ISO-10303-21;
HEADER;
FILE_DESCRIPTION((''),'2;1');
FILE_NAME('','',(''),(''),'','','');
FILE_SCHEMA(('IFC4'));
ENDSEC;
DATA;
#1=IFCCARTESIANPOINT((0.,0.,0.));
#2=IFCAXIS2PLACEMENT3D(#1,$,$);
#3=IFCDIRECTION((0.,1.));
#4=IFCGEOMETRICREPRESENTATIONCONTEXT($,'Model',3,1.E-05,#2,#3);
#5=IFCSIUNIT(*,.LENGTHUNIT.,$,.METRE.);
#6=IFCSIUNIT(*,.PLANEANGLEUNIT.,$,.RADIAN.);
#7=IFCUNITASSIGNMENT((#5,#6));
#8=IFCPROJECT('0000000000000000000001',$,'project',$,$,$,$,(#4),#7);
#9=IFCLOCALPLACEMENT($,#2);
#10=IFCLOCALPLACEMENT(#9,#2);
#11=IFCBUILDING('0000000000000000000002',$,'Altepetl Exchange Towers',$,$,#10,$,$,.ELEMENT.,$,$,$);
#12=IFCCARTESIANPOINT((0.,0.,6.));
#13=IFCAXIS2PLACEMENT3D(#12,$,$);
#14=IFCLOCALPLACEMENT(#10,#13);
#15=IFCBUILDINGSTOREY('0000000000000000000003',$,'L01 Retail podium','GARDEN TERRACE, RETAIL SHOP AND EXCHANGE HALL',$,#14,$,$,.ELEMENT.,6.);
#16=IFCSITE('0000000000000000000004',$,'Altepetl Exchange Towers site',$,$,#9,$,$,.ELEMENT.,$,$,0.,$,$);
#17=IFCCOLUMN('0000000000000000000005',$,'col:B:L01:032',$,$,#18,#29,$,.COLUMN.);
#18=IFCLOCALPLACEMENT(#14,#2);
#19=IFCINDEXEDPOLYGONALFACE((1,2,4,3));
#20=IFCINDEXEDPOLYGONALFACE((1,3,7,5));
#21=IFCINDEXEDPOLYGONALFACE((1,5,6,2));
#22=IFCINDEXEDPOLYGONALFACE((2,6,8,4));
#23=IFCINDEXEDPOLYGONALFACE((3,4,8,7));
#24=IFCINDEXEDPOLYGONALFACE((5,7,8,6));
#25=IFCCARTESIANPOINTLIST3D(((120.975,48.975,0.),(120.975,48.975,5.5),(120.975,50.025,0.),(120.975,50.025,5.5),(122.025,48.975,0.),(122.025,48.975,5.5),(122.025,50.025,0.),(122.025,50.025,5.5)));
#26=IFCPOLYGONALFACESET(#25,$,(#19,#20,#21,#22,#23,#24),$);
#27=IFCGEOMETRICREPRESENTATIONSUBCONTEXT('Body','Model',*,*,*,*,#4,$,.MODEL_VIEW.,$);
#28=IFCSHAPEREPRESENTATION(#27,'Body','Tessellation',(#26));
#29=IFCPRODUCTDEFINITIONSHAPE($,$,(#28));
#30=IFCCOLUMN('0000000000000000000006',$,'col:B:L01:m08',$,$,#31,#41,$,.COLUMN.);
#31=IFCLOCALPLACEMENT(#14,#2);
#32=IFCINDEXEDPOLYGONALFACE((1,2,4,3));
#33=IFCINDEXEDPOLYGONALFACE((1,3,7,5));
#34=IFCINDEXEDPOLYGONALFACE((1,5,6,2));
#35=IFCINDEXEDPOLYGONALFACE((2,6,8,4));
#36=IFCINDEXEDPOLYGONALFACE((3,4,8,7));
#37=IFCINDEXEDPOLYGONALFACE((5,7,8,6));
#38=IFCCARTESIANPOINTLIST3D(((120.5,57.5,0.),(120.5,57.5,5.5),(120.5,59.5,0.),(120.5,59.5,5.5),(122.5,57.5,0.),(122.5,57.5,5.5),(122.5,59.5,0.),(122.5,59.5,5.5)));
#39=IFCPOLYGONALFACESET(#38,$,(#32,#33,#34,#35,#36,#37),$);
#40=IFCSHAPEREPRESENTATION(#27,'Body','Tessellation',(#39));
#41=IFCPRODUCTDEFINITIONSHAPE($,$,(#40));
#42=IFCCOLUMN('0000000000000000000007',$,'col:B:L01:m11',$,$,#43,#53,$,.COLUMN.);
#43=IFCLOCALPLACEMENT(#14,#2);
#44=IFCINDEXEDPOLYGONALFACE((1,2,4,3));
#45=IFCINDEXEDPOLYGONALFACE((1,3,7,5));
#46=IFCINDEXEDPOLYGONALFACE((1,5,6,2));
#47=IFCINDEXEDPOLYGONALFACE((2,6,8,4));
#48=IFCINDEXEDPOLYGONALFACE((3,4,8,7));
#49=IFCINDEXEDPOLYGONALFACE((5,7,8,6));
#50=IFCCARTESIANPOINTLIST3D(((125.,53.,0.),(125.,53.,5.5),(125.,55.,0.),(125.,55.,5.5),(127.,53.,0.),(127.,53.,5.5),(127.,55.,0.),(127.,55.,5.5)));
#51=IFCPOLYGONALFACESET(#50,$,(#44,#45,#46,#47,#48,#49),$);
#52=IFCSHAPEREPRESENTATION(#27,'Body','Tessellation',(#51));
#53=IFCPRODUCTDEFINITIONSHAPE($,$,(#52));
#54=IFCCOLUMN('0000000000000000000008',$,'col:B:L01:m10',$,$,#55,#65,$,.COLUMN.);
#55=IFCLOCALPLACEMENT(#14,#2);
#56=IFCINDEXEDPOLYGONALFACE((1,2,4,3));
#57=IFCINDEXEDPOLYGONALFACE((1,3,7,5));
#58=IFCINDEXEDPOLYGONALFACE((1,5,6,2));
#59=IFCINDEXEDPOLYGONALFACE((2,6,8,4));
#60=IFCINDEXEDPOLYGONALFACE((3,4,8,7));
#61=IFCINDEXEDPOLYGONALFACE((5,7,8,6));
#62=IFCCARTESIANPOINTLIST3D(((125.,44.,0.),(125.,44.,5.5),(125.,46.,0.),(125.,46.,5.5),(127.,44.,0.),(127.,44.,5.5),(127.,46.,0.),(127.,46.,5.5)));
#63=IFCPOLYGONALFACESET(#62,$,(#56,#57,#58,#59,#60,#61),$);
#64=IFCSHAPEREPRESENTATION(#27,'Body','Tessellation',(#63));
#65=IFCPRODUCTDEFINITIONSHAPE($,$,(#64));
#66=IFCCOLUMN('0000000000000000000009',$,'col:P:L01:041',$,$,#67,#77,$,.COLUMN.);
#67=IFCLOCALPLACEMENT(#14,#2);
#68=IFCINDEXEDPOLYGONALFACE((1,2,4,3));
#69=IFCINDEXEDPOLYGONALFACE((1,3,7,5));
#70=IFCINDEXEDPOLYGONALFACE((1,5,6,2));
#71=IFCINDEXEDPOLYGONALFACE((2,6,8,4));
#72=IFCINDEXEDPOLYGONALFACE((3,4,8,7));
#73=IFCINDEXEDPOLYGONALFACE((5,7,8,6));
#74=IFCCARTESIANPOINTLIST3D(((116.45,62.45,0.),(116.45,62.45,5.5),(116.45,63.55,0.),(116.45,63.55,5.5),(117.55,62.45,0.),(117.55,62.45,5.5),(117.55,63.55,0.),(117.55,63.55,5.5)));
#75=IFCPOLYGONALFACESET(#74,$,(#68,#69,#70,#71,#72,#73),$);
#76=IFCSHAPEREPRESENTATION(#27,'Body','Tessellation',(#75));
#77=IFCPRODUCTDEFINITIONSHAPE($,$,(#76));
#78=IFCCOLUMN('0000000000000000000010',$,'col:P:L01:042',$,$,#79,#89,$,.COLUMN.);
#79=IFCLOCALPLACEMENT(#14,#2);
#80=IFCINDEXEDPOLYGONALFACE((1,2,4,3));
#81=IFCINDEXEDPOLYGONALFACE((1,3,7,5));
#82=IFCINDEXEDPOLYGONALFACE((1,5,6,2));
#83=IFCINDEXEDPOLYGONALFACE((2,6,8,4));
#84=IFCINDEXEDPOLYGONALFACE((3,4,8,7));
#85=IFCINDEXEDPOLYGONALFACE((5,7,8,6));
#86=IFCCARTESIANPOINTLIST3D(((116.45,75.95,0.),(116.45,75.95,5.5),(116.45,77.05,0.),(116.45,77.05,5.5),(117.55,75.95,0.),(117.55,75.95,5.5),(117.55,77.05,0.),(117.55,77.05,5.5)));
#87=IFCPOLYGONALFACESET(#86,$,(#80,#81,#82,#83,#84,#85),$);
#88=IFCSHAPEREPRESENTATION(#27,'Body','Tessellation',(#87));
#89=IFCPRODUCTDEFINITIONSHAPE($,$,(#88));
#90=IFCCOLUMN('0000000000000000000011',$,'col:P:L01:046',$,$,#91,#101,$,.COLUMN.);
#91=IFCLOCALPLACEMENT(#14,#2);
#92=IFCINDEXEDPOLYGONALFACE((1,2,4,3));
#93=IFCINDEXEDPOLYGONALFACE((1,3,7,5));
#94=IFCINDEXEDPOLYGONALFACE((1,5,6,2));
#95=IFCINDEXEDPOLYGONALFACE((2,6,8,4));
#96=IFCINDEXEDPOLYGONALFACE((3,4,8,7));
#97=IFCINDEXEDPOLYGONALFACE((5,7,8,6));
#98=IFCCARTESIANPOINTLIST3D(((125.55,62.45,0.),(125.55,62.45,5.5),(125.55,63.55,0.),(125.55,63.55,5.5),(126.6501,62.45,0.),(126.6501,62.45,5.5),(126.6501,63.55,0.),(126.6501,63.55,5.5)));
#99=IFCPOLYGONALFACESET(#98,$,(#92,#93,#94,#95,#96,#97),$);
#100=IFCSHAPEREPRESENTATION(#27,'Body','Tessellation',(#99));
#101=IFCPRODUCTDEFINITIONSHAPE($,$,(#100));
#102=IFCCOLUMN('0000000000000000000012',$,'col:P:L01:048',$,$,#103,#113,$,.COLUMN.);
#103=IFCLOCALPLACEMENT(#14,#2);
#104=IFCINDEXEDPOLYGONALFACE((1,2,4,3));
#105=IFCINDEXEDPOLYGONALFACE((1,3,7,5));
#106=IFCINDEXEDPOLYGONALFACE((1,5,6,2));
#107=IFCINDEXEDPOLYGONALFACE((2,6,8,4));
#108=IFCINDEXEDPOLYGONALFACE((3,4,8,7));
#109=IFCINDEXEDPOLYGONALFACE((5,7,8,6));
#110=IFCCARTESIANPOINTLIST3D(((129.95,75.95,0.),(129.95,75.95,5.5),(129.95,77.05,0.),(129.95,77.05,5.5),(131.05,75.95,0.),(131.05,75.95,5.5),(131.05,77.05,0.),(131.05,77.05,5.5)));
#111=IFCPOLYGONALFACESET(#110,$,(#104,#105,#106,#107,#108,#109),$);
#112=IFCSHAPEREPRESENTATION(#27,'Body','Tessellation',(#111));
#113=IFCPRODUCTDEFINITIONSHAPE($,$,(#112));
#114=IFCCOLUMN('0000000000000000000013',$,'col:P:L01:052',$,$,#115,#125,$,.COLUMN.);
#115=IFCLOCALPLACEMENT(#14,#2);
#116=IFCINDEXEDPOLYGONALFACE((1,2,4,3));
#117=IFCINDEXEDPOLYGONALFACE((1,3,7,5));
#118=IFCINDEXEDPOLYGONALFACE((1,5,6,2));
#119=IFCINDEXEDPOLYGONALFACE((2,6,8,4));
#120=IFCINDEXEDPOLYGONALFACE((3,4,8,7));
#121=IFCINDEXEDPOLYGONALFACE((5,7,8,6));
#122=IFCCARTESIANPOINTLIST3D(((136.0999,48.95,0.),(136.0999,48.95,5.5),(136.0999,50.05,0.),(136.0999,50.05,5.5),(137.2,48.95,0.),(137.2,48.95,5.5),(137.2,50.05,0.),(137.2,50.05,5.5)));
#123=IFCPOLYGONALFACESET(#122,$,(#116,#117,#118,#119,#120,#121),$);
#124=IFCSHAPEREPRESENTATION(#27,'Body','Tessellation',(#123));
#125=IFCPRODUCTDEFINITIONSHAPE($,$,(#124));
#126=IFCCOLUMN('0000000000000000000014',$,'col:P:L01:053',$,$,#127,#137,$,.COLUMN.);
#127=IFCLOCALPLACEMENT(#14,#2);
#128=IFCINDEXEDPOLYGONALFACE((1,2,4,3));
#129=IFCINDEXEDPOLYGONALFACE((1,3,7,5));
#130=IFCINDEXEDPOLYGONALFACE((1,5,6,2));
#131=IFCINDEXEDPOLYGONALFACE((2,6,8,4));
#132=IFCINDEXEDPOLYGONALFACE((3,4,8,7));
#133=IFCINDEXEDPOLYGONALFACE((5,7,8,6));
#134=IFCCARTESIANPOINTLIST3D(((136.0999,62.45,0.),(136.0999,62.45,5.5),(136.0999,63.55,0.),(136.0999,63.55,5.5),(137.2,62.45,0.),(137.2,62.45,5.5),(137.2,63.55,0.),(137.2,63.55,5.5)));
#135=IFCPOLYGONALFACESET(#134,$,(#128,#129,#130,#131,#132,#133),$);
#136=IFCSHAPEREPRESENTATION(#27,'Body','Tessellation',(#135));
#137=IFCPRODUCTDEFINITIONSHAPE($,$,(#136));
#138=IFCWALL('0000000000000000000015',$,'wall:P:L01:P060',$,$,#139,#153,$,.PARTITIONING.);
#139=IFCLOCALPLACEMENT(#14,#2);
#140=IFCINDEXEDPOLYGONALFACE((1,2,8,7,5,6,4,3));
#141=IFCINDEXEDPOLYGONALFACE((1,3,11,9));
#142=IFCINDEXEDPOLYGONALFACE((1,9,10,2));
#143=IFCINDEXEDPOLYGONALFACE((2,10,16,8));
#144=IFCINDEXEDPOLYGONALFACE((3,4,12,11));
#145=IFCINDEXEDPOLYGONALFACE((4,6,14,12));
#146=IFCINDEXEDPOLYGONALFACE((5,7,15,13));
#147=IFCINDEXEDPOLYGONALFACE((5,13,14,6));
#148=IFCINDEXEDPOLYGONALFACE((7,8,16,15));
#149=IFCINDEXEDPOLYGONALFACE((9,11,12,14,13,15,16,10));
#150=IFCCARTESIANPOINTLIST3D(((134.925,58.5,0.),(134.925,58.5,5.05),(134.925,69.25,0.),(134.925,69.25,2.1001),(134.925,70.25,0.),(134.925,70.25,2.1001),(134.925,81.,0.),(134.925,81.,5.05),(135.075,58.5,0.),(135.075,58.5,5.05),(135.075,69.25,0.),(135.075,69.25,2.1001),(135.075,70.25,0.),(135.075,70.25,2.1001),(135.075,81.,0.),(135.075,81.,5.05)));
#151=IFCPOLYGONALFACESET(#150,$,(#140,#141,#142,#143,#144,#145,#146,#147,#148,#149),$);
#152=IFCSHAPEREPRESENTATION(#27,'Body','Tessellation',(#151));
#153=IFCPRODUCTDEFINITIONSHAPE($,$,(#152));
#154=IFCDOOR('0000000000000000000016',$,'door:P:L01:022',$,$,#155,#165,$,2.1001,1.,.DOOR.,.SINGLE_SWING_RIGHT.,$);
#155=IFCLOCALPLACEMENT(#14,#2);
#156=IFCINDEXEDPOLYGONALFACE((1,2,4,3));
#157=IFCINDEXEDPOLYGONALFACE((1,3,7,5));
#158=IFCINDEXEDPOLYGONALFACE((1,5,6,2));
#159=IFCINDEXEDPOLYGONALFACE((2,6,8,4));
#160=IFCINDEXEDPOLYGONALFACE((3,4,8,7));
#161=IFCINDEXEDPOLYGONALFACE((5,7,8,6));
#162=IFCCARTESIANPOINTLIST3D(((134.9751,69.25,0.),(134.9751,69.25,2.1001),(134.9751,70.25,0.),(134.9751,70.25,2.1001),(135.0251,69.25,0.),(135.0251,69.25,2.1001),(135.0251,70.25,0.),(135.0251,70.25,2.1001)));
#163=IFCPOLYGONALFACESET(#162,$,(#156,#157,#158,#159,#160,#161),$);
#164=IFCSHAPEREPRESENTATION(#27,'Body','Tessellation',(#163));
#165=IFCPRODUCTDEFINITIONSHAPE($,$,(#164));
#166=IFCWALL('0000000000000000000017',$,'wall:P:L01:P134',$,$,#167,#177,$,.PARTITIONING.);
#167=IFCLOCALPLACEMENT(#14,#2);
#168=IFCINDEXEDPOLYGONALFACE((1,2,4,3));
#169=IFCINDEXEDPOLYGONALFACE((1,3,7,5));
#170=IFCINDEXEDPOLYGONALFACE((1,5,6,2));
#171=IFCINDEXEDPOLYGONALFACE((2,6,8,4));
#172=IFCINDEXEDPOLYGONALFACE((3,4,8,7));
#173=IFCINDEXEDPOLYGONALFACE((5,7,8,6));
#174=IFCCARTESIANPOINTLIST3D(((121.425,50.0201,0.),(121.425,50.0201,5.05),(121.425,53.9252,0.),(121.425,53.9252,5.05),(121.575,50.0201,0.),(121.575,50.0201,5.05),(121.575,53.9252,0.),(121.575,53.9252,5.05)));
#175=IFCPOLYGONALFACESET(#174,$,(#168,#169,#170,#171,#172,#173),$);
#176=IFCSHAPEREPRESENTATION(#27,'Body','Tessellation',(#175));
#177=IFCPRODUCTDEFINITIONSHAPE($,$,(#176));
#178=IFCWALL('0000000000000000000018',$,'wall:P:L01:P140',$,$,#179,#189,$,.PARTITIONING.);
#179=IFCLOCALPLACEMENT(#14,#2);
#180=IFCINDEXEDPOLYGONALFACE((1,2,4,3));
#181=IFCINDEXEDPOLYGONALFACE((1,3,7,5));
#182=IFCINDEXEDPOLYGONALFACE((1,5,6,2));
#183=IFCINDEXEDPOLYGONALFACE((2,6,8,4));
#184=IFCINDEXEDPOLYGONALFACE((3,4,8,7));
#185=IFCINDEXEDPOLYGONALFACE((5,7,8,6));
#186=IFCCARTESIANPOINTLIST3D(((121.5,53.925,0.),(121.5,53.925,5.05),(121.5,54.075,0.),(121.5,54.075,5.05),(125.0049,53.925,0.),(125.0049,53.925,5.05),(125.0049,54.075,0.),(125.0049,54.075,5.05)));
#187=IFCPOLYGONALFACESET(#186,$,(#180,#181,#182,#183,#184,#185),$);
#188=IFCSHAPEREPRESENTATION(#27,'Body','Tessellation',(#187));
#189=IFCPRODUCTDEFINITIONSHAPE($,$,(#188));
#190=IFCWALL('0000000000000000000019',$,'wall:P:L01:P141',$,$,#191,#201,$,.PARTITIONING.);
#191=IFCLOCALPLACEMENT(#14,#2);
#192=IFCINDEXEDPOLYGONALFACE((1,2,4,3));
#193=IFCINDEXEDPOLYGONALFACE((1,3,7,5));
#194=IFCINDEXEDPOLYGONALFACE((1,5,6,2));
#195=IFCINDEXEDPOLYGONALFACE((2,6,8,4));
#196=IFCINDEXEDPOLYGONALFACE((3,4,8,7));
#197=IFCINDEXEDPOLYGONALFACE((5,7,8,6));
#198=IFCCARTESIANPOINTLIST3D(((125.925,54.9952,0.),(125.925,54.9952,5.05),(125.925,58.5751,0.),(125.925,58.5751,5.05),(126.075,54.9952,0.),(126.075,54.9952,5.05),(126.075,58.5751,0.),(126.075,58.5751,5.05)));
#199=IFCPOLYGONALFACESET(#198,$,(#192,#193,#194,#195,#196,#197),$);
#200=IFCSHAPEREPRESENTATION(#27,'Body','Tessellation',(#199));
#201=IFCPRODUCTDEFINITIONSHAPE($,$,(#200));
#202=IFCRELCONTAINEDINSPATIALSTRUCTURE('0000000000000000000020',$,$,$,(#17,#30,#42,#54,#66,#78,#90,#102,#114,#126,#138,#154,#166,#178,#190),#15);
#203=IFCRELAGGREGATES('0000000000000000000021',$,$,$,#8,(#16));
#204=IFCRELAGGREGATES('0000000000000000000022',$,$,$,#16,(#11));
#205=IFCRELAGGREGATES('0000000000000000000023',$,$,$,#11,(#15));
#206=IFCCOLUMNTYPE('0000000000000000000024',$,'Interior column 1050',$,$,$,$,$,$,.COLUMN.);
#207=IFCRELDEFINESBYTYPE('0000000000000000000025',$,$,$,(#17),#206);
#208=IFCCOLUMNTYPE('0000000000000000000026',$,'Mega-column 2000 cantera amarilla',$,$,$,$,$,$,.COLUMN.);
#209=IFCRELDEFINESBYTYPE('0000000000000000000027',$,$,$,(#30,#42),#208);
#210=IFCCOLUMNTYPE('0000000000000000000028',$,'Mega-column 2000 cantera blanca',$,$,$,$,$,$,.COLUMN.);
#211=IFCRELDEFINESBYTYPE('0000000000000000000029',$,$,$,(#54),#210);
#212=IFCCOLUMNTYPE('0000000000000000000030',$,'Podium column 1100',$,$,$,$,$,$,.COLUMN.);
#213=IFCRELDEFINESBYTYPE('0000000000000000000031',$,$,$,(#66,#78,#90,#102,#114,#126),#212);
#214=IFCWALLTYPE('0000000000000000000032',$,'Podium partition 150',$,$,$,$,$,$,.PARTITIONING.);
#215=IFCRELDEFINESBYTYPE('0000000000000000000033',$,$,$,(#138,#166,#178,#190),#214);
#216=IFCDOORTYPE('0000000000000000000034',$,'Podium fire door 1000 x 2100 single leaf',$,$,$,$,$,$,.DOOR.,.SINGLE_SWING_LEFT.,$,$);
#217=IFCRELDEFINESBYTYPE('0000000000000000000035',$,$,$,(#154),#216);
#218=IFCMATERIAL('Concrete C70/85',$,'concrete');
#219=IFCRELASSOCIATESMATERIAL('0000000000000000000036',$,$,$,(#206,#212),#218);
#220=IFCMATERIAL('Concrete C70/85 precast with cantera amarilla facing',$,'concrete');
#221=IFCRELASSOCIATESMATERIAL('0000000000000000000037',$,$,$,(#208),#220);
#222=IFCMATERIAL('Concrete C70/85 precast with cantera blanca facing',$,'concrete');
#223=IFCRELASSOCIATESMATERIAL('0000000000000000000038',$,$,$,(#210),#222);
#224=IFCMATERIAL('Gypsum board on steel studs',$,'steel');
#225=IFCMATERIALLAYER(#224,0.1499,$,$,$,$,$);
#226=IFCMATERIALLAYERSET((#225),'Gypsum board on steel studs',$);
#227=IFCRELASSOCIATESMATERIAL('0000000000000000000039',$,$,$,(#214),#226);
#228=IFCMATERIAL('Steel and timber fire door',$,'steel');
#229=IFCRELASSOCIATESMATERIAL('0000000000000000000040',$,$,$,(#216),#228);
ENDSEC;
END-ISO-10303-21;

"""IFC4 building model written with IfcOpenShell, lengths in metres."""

from ifc_helpers import new_model, si_unit, direction, frame, frame_2d, origin, origin_2d, place, context, subcontext, project, spatial, rectangle, extrude, material, layer, layer_set, material_profile, profile_set, type_object, element, fill, save


model = new_model("IFC4")

# Units and contexts
model_context = context("Model", 3, precision=1e-05, world=origin(), true_north=direction((0.0, 1.0)))
body_context = subcontext(model_context, "Body", "Model", "MODEL_VIEW")
ifc_project = project(units=[si_unit("LENGTHUNIT", "METRE"), si_unit("PLANEANGLEUNIT", "RADIAN")], contexts=[model_context])

# Site, building, storey
site_placement = place(None, origin())
site = spatial("IfcSite", under=ifc_project, at=site_placement, Name="Altepetl Exchange Towers site", CompositionType="ELEMENT", RefElevation=0.0)
building_placement = place(site_placement, origin())
building = spatial("IfcBuilding", under=site, at=building_placement, Name="Altepetl Exchange Towers", CompositionType="ELEMENT")
storey_placement = place(building_placement, frame((0.0, 0.0, 6.0)))
storey = spatial("IfcBuildingStorey", under=building, at=storey_placement, Name="L01 Retail podium", Description="GARDEN TERRACE, RETAIL SHOP AND EXCHANGE HALL", CompositionType="ELEMENT", Elevation=6.0)

# Columns
ifc_material_1 = material(Name="Concrete C70/85", Category="concrete")
ifc_material_profile_1 = material_profile(ifc_material_1, rectangle(XDim=1.05, YDim=1.05, at=origin_2d()), Name="1050 x 1050")
ifc_profile_set_1 = profile_set([ifc_material_profile_1], Name="Concrete C70/85")
column_type_1 = type_object("IfcColumnType", Name="Interior column 1050", PredefinedType="COLUMN", material=ifc_profile_set_1)
column_1_placement = place(storey_placement, frame((121.5, 49.5, 0.0)))
element("IfcColumn", 1, at=column_1_placement, inside=storey, type_object=column_type_1, Name="col:B:L01:032", PredefinedType="COLUMN", context=body_context, shape_type="SweptSolid", body=[
    extrude(rectangle(XDim=1.05, YDim=1.05, at=origin_2d()), origin(), (0.0, 0.0, 1.0), 5.5),
])
ifc_material_2 = material(Name="Concrete C70/85 precast with cantera amarilla facing", Category="concrete")
ifc_material_profile_2 = material_profile(ifc_material_2, rectangle(XDim=2.0, YDim=2.0, at=origin_2d()), Name="2000 x 2000")
ifc_profile_set_2 = profile_set([ifc_material_profile_2], Name="Concrete C70/85 precast with cantera amarilla facing")
column_type_2 = type_object("IfcColumnType", Name="Mega-column 2000 cantera amarilla", PredefinedType="COLUMN", material=ifc_profile_set_2)
for number, where, name in (
    (2, (121.5, 58.5, 0.0), "col:B:L01:m08"),
    (3, (126.0, 54.0, 0.0), "col:B:L01:m11"),
):
    element("IfcColumn", number, at=place(storey_placement, frame(where)), inside=storey, type_object=column_type_2, Name=name, PredefinedType="COLUMN", context=body_context, shape_type="SweptSolid", body=[
        extrude(rectangle(XDim=2.0, YDim=2.0, at=origin_2d()), origin(), (0.0, 0.0, 1.0), 5.5),
    ])
ifc_material_3 = material(Name="Concrete C70/85 precast with cantera blanca facing", Category="concrete")
ifc_material_profile_3 = material_profile(ifc_material_3, rectangle(XDim=2.0, YDim=2.0, at=origin_2d()), Name="2000 x 2000")
ifc_profile_set_3 = profile_set([ifc_material_profile_3], Name="Concrete C70/85 precast with cantera blanca facing")
column_type_3 = type_object("IfcColumnType", Name="Mega-column 2000 cantera blanca", PredefinedType="COLUMN", material=ifc_profile_set_3)
column_2_placement = place(storey_placement, frame((126.0, 45.0, 0.0)))
element("IfcColumn", 4, at=column_2_placement, inside=storey, type_object=column_type_3, Name="col:B:L01:m10", PredefinedType="COLUMN", context=body_context, shape_type="SweptSolid", body=[
    extrude(rectangle(XDim=2.0, YDim=2.0, at=origin_2d()), origin(), (0.0, 0.0, 1.0), 5.5),
])
ifc_material_profile_4 = material_profile(ifc_material_1, rectangle(XDim=1.1001, YDim=1.1001, at=origin_2d()), Name="1100 x 1100")
ifc_profile_set_4 = profile_set([ifc_material_profile_4], Name="Concrete C70/85")
column_type_4 = type_object("IfcColumnType", Name="Podium column 1100", PredefinedType="COLUMN", material=ifc_profile_set_4)
for number, where, name in (
    (5, (117.0, 63.0, 0.0), "col:P:L01:041"),
    (6, (117.0, 76.5, 0.0), "col:P:L01:042"),
    (7, (126.1001, 63.0, 0.0), "col:P:L01:046"),
    (8, (130.5, 76.5, 0.0), "col:P:L01:048"),
    (9, (136.6499, 49.5, 0.0), "col:P:L01:052"),
    (10, (136.6499, 63.0, 0.0), "col:P:L01:053"),
):
    element("IfcColumn", number, at=place(storey_placement, frame(where)), inside=storey, type_object=column_type_4, Name=name, PredefinedType="COLUMN", context=body_context, shape_type="SweptSolid", body=[
        extrude(rectangle(XDim=1.1001, YDim=1.1001, at=origin_2d()), origin(), (0.0, 0.0, 1.0), 5.5),
    ])

# Wall, opening, door
ifc_material_4 = material(Name="Gypsum board on steel studs", Category="steel")
ifc_layer = layer(ifc_material_4, 0.1499)
ifc_layer_set = layer_set([ifc_layer], Name="Gypsum board on steel studs")
wall_type = type_object("IfcWallType", Name="Podium partition 150", PredefinedType="PARTITIONING", material=ifc_layer_set)
wall_1_placement = place(storey_placement, frame((135.0, 58.5, 0.0), z_axis=(0.0, 0.0, 1.0), x_axis=(0.0, 1.0, 0.0)))
wall_1 = element("IfcWall", 11, at=wall_1_placement, inside=storey, type_object=wall_type, Name="wall:P:L01:P060", PredefinedType="PARTITIONING", context=body_context, shape_type="SweptSolid", body=[
    extrude(rectangle(XDim=22.5, YDim=0.1499, at=frame_2d((11.25, 0.0))), origin(), (0.0, 0.0, 1.0), 5.05),
])
opening_placement = place(wall_1_placement, frame((10.75, 0.0, 0.0)))
opening = element("IfcOpeningElement", 12, at=opening_placement, cuts=wall_1, PredefinedType="OPENING", context=body_context, shape_type="SweptSolid", body=[
    extrude(rectangle(XDim=1.0, YDim=2.1001, at=frame_2d((0.5, 1.05))), frame((0.0, 0.085, 0.0), z_axis=(0.0, -1.0, 0.0), x_axis=(1.0, 0.0, 0.0)), (0.0, 0.0, 1.0), 0.1699),
])
ifc_material_5 = material(Name="Steel and timber fire door", Category="steel")
door_type = type_object("IfcDoorType", Name="Podium fire door 1000 x 2100 single leaf", OperationType="SINGLE_SWING_LEFT", PredefinedType="DOOR", material=ifc_material_5)
door_placement = place(opening_placement, origin())
door = element("IfcDoor", 13, at=door_placement, inside=storey, type_object=door_type, Name="door:P:L01:022", OperationType="SINGLE_SWING_RIGHT", OverallHeight=2.1001, OverallWidth=1.0, PredefinedType="DOOR", context=body_context, shape_type="SweptSolid", body=[
    extrude(rectangle(XDim=1.0, YDim=2.1001, at=frame_2d((0.5, 1.05))), frame((0.0, 0.0249, 0.0), z_axis=(0.0, -1.0, 0.0), x_axis=(1.0, 0.0, 0.0)), (0.0, 0.0, 1.0), 0.05),
])
fill(opening, door)

# Walls
wall_2_placement = place(storey_placement, frame((121.5, 50.02, 0.0), z_axis=(0.0, 0.0, 1.0), x_axis=(0.0, 1.0, 0.0)))
element("IfcWall", 14, at=wall_2_placement, inside=storey, type_object=wall_type, Name="wall:P:L01:P134", PredefinedType="PARTITIONING", context=body_context, shape_type="SweptSolid", body=[
    extrude(rectangle(XDim=3.905, YDim=0.1499, at=frame_2d((1.9526, 0.0))), origin(), (0.0, 0.0, 1.0), 5.05),
])
wall_3_placement = place(storey_placement, frame((121.5, 54.0, 0.0)))
element("IfcWall", 15, at=wall_3_placement, inside=storey, type_object=wall_type, Name="wall:P:L01:P140", PredefinedType="PARTITIONING", context=body_context, shape_type="SweptSolid", body=[
    extrude(rectangle(XDim=3.5049, YDim=0.1499, at=frame_2d((1.7524, 0.0))), origin(), (0.0, 0.0, 1.0), 5.05),
])
wall_4_placement = place(storey_placement, frame((126.0, 54.9951, 0.0), z_axis=(0.0, 0.0, 1.0), x_axis=(0.0, 1.0, 0.0)))
element("IfcWall", 16, at=wall_4_placement, inside=storey, type_object=wall_type, Name="wall:P:L01:P141", PredefinedType="PARTITIONING", context=body_context, shape_type="SweptSolid", body=[
    extrude(rectangle(XDim=3.5798, YDim=0.1499, at=frame_2d((1.79, 0.0))), origin(), (0.0, 0.0, 1.0), 5.05),
])

save(model, "model.ifc")
